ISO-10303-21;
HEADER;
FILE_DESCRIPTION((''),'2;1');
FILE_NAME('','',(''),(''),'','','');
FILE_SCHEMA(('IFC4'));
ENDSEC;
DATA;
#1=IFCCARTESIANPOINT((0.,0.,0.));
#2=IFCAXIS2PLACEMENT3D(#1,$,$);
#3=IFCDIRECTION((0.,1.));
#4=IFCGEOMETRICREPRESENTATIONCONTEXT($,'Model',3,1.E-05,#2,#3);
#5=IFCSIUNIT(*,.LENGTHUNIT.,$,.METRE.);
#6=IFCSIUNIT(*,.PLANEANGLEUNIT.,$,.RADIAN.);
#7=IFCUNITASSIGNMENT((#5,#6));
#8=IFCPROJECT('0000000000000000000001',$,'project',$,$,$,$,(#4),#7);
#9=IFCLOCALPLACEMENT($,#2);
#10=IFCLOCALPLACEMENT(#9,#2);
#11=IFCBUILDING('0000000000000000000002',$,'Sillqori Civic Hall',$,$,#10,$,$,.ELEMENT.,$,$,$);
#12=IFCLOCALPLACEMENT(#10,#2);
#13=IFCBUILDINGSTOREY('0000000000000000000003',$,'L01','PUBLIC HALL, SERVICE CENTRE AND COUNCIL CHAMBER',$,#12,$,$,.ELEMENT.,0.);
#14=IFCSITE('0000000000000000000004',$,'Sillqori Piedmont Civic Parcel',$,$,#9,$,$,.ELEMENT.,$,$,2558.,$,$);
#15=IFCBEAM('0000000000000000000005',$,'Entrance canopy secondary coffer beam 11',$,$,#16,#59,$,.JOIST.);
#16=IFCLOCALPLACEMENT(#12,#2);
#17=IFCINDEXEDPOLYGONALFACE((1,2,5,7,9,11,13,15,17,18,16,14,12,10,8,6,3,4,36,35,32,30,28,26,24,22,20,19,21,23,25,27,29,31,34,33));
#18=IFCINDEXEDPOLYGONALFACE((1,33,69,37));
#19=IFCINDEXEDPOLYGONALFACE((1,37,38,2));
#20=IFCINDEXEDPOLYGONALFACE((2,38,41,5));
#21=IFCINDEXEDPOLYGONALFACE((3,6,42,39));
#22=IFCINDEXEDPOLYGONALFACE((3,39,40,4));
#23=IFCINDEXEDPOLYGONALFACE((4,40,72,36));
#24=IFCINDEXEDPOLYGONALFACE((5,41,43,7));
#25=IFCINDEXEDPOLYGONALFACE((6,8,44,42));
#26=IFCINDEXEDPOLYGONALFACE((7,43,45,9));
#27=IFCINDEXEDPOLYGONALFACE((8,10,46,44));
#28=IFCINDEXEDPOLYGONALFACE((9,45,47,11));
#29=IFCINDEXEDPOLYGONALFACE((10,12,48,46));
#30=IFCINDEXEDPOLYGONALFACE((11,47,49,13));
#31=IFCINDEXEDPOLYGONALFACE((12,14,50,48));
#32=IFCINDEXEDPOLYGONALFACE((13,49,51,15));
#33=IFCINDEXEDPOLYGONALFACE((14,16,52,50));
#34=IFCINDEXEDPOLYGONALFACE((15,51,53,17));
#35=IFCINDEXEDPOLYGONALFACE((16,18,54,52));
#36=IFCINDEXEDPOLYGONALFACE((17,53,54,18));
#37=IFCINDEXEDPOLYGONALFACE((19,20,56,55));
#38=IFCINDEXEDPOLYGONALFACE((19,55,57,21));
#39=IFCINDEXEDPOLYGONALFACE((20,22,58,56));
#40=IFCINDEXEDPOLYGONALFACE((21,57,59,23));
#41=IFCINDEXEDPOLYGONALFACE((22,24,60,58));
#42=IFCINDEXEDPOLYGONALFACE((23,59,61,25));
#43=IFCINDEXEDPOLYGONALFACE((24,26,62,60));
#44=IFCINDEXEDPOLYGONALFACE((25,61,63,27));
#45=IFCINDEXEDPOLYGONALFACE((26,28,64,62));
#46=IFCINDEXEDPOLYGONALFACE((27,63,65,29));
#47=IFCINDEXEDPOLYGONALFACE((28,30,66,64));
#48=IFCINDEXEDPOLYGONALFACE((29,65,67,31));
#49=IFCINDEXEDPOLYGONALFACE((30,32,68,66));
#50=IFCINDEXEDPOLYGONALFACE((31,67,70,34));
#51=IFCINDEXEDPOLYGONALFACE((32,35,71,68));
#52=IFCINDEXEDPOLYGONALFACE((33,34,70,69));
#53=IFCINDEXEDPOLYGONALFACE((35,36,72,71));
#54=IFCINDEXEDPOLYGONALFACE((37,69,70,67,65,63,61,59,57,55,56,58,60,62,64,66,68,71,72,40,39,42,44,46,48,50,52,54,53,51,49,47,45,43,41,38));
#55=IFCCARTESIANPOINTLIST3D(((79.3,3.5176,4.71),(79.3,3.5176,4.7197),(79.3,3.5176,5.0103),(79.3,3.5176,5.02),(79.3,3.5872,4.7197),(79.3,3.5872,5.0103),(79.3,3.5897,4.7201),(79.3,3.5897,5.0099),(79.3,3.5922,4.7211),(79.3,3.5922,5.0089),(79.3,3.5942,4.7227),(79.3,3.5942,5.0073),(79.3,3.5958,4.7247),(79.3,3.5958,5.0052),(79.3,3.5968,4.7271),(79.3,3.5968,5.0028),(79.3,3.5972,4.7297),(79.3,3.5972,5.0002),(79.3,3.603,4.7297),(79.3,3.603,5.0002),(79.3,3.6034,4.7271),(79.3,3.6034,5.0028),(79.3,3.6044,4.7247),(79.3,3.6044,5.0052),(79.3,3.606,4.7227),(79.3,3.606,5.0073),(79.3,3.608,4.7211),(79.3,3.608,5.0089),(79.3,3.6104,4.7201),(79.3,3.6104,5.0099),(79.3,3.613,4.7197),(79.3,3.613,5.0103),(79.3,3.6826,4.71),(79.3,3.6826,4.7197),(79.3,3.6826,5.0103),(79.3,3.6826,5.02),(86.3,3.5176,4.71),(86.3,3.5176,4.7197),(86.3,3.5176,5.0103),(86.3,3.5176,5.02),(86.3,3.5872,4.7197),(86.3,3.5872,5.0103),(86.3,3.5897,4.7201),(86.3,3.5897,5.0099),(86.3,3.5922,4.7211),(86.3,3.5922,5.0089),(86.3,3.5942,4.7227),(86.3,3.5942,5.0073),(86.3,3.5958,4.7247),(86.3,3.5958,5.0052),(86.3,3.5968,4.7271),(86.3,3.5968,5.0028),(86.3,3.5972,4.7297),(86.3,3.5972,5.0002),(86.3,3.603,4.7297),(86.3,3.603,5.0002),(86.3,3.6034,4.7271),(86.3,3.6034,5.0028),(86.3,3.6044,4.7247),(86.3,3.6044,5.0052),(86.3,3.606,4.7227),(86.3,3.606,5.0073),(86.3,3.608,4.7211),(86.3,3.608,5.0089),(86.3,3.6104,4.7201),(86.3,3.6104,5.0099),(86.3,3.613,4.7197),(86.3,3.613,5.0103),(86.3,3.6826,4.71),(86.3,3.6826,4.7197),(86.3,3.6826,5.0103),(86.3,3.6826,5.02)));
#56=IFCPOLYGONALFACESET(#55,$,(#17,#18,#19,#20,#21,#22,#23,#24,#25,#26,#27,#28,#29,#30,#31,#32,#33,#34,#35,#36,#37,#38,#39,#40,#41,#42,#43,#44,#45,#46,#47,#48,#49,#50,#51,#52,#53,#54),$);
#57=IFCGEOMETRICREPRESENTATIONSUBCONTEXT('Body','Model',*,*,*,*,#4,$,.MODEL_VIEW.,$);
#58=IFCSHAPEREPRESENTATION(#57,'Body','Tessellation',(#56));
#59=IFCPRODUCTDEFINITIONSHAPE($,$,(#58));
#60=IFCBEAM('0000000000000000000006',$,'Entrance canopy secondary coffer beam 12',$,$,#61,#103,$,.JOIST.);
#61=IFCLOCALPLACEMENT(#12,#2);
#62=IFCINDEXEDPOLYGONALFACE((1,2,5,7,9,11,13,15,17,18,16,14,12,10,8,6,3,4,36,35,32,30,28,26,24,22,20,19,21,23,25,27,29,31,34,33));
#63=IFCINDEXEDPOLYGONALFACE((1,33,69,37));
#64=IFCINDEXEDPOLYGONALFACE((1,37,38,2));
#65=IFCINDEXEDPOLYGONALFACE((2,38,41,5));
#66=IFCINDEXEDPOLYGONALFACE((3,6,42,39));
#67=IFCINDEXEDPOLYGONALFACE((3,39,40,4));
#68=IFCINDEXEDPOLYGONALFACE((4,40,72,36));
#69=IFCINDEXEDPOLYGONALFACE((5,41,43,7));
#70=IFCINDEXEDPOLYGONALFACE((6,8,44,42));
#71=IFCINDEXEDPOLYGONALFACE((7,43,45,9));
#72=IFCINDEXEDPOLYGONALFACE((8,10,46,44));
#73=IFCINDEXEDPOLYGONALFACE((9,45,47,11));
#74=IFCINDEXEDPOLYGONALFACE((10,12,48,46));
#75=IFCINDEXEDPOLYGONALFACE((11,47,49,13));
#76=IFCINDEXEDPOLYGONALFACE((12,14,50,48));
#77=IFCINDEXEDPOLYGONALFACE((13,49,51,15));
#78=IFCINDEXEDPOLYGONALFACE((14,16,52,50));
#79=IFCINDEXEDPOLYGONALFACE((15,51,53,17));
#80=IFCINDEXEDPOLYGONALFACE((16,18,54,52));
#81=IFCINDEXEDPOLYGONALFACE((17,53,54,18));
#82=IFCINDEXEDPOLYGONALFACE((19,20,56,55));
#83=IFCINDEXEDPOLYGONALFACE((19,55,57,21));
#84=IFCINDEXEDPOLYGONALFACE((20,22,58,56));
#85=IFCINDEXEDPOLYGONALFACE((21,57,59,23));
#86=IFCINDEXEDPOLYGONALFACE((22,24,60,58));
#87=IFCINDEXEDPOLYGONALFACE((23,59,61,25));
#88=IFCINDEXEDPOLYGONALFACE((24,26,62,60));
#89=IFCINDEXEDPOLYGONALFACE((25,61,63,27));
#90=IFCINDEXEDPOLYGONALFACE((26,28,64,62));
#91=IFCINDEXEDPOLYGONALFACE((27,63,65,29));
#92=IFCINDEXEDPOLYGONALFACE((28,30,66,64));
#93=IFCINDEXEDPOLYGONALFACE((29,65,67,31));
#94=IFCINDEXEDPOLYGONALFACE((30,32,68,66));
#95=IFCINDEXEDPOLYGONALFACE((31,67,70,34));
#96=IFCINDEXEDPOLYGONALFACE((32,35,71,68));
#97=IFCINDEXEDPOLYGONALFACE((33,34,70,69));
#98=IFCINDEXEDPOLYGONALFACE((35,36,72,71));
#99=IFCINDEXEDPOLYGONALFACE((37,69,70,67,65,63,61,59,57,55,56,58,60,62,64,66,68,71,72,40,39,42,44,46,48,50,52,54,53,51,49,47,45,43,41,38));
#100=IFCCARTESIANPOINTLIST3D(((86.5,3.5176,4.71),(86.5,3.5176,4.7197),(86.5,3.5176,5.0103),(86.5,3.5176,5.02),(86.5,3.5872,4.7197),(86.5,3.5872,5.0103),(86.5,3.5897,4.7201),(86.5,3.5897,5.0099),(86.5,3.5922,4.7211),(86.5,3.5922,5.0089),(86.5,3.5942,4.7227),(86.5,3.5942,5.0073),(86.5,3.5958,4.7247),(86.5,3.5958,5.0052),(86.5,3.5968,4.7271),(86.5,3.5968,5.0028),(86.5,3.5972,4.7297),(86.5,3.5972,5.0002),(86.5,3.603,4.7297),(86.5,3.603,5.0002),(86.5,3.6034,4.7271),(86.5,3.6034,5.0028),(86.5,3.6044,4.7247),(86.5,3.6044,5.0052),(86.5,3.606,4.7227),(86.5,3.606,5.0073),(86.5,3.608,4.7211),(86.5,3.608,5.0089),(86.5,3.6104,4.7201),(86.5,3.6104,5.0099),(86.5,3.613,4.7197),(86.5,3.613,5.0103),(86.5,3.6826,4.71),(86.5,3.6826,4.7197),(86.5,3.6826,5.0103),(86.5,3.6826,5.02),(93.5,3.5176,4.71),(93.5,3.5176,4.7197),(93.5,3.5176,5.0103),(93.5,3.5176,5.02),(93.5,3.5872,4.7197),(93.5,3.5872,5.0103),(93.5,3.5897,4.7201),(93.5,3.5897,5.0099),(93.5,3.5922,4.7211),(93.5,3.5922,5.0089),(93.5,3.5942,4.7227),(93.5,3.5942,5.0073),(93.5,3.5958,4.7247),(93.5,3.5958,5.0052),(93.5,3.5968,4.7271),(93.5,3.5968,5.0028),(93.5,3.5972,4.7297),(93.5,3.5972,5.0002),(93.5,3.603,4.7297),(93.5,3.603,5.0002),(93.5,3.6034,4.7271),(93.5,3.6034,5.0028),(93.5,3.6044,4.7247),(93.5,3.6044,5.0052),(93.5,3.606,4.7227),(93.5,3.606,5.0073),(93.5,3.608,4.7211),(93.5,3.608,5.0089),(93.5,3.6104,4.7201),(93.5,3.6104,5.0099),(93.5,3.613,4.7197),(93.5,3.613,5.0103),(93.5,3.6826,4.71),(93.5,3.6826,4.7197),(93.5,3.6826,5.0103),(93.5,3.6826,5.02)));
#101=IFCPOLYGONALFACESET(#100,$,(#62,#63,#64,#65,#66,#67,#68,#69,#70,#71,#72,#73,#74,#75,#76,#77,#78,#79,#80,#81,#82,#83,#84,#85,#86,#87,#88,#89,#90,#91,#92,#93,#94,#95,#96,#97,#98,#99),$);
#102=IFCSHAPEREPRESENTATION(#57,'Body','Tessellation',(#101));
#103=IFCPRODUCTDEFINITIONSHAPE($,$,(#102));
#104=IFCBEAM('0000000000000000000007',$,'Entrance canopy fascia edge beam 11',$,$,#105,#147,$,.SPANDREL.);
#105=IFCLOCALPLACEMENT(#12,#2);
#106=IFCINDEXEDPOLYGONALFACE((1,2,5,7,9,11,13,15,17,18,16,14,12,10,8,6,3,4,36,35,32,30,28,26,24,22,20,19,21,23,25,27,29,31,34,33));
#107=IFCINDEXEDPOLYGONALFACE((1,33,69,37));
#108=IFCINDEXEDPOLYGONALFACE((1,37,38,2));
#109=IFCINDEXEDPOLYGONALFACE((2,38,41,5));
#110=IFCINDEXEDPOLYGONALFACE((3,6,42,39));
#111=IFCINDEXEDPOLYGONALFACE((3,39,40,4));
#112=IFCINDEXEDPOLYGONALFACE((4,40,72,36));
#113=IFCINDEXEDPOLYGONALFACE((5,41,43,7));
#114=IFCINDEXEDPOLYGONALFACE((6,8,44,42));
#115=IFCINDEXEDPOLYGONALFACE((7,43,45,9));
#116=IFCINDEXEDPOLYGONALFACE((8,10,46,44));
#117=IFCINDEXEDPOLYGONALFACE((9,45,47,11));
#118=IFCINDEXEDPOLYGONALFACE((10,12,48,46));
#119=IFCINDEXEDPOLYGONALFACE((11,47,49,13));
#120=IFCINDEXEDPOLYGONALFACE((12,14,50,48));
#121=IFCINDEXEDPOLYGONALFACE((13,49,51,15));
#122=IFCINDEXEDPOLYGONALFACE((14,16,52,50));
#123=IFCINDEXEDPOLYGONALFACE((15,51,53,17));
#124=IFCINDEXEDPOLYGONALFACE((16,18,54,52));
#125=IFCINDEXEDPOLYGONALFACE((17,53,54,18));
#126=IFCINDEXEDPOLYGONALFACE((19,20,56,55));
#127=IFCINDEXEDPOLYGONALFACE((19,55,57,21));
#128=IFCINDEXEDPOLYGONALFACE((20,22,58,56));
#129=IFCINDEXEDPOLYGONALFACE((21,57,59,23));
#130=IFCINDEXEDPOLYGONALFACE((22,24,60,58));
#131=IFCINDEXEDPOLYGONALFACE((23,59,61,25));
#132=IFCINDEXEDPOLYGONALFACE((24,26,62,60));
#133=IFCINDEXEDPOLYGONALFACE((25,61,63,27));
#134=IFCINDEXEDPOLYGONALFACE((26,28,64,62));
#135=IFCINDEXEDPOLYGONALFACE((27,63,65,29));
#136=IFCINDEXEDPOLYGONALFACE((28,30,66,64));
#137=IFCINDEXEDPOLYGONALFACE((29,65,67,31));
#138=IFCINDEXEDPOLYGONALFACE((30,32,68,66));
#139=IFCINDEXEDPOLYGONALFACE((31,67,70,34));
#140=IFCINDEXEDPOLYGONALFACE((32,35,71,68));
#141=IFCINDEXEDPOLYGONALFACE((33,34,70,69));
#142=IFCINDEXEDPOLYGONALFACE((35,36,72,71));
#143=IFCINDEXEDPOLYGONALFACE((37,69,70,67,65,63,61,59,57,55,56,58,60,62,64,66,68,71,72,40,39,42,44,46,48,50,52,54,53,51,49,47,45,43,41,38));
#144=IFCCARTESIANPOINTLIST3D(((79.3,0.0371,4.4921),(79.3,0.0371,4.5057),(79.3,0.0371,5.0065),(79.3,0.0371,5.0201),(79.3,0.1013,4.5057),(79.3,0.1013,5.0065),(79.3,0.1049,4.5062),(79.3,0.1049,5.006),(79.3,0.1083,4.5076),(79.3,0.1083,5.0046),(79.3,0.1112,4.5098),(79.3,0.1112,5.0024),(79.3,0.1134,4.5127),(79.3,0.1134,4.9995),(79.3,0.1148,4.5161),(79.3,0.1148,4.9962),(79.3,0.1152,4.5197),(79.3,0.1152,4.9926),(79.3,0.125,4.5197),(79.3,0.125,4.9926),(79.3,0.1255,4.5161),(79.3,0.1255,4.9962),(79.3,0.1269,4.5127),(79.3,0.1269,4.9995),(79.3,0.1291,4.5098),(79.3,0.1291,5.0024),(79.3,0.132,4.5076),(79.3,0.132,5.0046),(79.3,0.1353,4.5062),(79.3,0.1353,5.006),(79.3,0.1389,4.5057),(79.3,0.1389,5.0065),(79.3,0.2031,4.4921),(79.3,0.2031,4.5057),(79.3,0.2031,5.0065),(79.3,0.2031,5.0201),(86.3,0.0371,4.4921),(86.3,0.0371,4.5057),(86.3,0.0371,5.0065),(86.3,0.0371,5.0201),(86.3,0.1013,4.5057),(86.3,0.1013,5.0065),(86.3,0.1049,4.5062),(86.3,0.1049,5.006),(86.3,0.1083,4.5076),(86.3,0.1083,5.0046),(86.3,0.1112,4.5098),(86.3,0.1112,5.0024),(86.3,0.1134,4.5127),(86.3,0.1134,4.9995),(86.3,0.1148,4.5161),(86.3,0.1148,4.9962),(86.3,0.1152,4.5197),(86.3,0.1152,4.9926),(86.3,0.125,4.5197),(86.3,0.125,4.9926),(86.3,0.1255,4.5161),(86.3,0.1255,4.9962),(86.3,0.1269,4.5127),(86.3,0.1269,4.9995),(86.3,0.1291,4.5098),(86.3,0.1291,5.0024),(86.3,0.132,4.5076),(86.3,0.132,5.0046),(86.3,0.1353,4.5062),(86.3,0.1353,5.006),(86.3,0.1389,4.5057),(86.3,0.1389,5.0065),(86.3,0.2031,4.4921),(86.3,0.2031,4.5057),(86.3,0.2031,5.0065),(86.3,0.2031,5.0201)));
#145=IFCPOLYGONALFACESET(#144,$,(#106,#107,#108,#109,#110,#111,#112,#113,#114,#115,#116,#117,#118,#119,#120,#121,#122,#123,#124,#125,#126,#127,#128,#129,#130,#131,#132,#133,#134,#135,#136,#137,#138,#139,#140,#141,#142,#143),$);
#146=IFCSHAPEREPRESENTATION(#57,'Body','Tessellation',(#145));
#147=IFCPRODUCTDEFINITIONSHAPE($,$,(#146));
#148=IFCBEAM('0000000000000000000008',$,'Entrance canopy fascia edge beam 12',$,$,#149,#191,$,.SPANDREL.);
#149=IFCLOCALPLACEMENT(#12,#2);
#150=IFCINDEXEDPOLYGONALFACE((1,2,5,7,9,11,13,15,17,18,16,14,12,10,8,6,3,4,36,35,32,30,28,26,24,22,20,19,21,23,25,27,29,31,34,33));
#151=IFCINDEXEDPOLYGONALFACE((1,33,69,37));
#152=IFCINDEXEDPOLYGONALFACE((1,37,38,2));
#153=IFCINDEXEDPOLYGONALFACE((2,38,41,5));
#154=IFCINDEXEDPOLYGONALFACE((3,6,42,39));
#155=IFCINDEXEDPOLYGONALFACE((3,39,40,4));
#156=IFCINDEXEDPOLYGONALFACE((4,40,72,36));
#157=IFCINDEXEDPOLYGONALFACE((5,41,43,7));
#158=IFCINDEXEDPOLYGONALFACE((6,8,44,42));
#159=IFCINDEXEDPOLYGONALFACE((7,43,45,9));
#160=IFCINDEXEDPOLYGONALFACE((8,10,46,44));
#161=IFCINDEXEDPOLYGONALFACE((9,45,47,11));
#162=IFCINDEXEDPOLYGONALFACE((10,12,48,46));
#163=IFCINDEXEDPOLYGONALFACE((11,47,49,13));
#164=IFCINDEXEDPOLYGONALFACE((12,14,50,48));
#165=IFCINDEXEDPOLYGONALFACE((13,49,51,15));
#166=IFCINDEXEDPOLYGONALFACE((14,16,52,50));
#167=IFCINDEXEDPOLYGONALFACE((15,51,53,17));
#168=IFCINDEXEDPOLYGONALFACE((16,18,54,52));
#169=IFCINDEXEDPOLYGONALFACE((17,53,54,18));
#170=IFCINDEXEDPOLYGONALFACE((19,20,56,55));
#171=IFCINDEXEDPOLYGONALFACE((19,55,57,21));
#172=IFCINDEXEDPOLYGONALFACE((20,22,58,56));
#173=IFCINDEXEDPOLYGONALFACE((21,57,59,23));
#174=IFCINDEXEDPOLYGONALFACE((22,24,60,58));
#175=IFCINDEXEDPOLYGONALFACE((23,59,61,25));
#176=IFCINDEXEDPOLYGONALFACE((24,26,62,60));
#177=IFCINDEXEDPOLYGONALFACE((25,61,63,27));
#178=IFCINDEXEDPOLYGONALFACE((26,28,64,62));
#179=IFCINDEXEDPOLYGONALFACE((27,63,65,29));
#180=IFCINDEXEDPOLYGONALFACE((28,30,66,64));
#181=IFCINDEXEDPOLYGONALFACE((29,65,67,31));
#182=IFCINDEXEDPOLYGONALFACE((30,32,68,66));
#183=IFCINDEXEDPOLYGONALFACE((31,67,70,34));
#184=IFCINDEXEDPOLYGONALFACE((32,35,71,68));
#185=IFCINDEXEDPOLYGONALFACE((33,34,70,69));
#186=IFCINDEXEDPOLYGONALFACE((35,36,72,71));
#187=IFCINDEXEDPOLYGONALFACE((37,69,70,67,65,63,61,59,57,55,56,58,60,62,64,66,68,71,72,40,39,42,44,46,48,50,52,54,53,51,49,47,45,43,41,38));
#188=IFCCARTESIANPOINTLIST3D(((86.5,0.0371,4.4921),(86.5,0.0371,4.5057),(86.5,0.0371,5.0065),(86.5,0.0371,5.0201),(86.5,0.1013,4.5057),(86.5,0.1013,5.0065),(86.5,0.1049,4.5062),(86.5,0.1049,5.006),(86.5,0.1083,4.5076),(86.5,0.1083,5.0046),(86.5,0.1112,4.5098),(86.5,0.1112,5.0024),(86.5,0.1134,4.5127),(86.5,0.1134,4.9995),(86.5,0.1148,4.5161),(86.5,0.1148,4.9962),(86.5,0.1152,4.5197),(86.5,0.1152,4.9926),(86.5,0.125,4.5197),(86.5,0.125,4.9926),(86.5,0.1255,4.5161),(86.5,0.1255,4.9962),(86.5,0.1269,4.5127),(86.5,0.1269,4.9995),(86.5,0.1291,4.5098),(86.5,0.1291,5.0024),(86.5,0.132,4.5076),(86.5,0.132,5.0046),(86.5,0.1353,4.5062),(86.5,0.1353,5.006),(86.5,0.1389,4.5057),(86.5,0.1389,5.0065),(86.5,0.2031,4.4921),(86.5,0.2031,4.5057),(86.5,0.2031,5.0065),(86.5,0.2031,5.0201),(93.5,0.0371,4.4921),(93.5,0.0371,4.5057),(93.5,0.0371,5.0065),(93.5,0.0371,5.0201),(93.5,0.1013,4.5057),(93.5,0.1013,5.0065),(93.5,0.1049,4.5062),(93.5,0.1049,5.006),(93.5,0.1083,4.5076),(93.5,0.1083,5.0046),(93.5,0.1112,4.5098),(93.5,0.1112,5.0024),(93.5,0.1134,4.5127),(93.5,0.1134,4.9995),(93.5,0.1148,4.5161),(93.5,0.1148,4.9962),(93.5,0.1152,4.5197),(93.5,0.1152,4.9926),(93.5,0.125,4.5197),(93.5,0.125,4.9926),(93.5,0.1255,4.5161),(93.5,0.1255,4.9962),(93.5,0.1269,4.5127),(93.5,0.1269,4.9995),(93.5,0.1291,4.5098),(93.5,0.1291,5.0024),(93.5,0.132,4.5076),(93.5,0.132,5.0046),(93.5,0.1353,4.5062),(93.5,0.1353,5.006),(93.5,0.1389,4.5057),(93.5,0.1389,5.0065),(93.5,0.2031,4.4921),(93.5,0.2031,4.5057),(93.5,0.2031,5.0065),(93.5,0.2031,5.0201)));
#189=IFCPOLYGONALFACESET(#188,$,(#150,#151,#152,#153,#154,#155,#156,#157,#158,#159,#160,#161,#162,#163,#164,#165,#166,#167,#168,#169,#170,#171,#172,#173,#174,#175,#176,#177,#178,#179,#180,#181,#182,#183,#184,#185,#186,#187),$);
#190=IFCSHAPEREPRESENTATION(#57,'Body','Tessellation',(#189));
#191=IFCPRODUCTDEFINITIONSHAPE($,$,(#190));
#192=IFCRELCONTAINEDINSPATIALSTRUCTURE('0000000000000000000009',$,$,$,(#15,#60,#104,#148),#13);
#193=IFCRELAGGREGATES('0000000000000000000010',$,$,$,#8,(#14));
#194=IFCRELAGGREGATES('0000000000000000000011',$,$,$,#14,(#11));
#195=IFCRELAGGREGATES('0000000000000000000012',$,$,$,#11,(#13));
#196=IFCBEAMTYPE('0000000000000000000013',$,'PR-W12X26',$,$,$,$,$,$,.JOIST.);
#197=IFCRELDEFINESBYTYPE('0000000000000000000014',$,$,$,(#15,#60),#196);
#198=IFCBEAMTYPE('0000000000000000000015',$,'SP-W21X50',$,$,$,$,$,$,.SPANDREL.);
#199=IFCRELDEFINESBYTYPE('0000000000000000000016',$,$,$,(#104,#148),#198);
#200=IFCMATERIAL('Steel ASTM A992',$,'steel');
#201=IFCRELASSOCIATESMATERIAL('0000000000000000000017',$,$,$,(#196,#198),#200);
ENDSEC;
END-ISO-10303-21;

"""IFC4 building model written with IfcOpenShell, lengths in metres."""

from ifc_helpers import new_model, si_unit, direction, frame, origin, origin_2d, place, context, subcontext, project, spatial, i_section, extrude, material, material_profile, profile_set, type_object, element, save


model = new_model("IFC4")

# Units and contexts
model_context = context("Model", 3, precision=1e-05, world=origin(), true_north=direction((0.0, 1.0)))
body_context = subcontext(model_context, "Body", "Model", "MODEL_VIEW")
ifc_project = project(units=[si_unit("LENGTHUNIT", "METRE"), si_unit("PLANEANGLEUNIT", "RADIAN")], contexts=[model_context])

# Site, building, storey
site_placement = place(None, origin())
site = spatial("IfcSite", under=ifc_project, at=site_placement, Name="Sillqori Piedmont Civic Parcel", CompositionType="ELEMENT", RefElevation=2558.0)
building_placement = place(site_placement, origin())
building = spatial("IfcBuilding", under=site, at=building_placement, Name="Sillqori Civic Hall", CompositionType="ELEMENT")
storey_placement = place(building_placement, origin())
storey = spatial("IfcBuildingStorey", under=building, at=storey_placement, Name="L01", Description="PUBLIC HALL, SERVICE CENTRE AND COUNCIL CHAMBER", CompositionType="ELEMENT", Elevation=0.0)

# Shared definitions
ifc_material_1 = material(Name="Steel ASTM A992", Category="steel")

# Beams
ifc_material_profile_1 = material_profile(ifc_material_1, i_section(OverallWidth=0.165, OverallDepth=0.3101, WebThickness=0.0059, FlangeThickness=0.0098, FilletRadius=0.01, at=origin_2d()), Name="W12X26")
ifc_profile_set_1 = profile_set([ifc_material_profile_1], Name="Steel ASTM A992")
beam_type_1 = type_object("IfcBeamType", Name="PR-W12X26", PredefinedType="JOIST", material=ifc_profile_set_1)
for number, where, z_axis, x_axis, name in (
    (1, (79.3, 3.6001, 4.865), (1.0, 0.0, 0.0), (0.0, 1.0, 0.0), "Entrance canopy secondary coffer beam 11"),
    (2, (86.5, 3.6001, 4.865), (1.0, 0.0, 0.0), (0.0, 1.0, 0.0), "Entrance canopy secondary coffer beam 12"),
):
    element("IfcBeam", number, at=place(storey_placement, frame(where, z_axis=z_axis, x_axis=x_axis)), inside=storey, type_object=beam_type_1, Name=name, PredefinedType="JOIST", context=body_context, shape_type="SweptSolid", body=[
        extrude(i_section(OverallWidth=0.165, OverallDepth=0.3101, WebThickness=0.0059, FlangeThickness=0.0098, FilletRadius=0.01, at=origin_2d()), origin(), (0.0, 0.0, 1.0), 7.0),
    ])
ifc_material_profile_2 = material_profile(ifc_material_1, i_section(OverallWidth=0.166, OverallDepth=0.5281, WebThickness=0.0098, FlangeThickness=0.0137, FilletRadius=0.0139, at=origin_2d()), Name="W21X50")
ifc_profile_set_2 = profile_set([ifc_material_profile_2], Name="Steel ASTM A992")
beam_type_2 = type_object("IfcBeamType", Name="SP-W21X50", PredefinedType="SPANDREL", material=ifc_profile_set_2)
for number, where, z_axis, x_axis, name in (
    (3, (79.3, 0.1201, 4.7561), (1.0, 0.0, 0.0), (0.0, 1.0, 0.0), "Entrance canopy fascia edge beam 11"),
    (4, (86.5, 0.1201, 4.7561), (1.0, 0.0, 0.0), (0.0, 1.0, 0.0), "Entrance canopy fascia edge beam 12"),
):
    element("IfcBeam", number, at=place(storey_placement, frame(where, z_axis=z_axis, x_axis=x_axis)), inside=storey, type_object=beam_type_2, Name=name, PredefinedType="SPANDREL", context=body_context, shape_type="SweptSolid", body=[
        extrude(i_section(OverallWidth=0.166, OverallDepth=0.5281, WebThickness=0.0098, FlangeThickness=0.0137, FilletRadius=0.0139, at=origin_2d()), origin(), (0.0, 0.0, 1.0), 7.0),
    ])

save(model, "model.ifc")
